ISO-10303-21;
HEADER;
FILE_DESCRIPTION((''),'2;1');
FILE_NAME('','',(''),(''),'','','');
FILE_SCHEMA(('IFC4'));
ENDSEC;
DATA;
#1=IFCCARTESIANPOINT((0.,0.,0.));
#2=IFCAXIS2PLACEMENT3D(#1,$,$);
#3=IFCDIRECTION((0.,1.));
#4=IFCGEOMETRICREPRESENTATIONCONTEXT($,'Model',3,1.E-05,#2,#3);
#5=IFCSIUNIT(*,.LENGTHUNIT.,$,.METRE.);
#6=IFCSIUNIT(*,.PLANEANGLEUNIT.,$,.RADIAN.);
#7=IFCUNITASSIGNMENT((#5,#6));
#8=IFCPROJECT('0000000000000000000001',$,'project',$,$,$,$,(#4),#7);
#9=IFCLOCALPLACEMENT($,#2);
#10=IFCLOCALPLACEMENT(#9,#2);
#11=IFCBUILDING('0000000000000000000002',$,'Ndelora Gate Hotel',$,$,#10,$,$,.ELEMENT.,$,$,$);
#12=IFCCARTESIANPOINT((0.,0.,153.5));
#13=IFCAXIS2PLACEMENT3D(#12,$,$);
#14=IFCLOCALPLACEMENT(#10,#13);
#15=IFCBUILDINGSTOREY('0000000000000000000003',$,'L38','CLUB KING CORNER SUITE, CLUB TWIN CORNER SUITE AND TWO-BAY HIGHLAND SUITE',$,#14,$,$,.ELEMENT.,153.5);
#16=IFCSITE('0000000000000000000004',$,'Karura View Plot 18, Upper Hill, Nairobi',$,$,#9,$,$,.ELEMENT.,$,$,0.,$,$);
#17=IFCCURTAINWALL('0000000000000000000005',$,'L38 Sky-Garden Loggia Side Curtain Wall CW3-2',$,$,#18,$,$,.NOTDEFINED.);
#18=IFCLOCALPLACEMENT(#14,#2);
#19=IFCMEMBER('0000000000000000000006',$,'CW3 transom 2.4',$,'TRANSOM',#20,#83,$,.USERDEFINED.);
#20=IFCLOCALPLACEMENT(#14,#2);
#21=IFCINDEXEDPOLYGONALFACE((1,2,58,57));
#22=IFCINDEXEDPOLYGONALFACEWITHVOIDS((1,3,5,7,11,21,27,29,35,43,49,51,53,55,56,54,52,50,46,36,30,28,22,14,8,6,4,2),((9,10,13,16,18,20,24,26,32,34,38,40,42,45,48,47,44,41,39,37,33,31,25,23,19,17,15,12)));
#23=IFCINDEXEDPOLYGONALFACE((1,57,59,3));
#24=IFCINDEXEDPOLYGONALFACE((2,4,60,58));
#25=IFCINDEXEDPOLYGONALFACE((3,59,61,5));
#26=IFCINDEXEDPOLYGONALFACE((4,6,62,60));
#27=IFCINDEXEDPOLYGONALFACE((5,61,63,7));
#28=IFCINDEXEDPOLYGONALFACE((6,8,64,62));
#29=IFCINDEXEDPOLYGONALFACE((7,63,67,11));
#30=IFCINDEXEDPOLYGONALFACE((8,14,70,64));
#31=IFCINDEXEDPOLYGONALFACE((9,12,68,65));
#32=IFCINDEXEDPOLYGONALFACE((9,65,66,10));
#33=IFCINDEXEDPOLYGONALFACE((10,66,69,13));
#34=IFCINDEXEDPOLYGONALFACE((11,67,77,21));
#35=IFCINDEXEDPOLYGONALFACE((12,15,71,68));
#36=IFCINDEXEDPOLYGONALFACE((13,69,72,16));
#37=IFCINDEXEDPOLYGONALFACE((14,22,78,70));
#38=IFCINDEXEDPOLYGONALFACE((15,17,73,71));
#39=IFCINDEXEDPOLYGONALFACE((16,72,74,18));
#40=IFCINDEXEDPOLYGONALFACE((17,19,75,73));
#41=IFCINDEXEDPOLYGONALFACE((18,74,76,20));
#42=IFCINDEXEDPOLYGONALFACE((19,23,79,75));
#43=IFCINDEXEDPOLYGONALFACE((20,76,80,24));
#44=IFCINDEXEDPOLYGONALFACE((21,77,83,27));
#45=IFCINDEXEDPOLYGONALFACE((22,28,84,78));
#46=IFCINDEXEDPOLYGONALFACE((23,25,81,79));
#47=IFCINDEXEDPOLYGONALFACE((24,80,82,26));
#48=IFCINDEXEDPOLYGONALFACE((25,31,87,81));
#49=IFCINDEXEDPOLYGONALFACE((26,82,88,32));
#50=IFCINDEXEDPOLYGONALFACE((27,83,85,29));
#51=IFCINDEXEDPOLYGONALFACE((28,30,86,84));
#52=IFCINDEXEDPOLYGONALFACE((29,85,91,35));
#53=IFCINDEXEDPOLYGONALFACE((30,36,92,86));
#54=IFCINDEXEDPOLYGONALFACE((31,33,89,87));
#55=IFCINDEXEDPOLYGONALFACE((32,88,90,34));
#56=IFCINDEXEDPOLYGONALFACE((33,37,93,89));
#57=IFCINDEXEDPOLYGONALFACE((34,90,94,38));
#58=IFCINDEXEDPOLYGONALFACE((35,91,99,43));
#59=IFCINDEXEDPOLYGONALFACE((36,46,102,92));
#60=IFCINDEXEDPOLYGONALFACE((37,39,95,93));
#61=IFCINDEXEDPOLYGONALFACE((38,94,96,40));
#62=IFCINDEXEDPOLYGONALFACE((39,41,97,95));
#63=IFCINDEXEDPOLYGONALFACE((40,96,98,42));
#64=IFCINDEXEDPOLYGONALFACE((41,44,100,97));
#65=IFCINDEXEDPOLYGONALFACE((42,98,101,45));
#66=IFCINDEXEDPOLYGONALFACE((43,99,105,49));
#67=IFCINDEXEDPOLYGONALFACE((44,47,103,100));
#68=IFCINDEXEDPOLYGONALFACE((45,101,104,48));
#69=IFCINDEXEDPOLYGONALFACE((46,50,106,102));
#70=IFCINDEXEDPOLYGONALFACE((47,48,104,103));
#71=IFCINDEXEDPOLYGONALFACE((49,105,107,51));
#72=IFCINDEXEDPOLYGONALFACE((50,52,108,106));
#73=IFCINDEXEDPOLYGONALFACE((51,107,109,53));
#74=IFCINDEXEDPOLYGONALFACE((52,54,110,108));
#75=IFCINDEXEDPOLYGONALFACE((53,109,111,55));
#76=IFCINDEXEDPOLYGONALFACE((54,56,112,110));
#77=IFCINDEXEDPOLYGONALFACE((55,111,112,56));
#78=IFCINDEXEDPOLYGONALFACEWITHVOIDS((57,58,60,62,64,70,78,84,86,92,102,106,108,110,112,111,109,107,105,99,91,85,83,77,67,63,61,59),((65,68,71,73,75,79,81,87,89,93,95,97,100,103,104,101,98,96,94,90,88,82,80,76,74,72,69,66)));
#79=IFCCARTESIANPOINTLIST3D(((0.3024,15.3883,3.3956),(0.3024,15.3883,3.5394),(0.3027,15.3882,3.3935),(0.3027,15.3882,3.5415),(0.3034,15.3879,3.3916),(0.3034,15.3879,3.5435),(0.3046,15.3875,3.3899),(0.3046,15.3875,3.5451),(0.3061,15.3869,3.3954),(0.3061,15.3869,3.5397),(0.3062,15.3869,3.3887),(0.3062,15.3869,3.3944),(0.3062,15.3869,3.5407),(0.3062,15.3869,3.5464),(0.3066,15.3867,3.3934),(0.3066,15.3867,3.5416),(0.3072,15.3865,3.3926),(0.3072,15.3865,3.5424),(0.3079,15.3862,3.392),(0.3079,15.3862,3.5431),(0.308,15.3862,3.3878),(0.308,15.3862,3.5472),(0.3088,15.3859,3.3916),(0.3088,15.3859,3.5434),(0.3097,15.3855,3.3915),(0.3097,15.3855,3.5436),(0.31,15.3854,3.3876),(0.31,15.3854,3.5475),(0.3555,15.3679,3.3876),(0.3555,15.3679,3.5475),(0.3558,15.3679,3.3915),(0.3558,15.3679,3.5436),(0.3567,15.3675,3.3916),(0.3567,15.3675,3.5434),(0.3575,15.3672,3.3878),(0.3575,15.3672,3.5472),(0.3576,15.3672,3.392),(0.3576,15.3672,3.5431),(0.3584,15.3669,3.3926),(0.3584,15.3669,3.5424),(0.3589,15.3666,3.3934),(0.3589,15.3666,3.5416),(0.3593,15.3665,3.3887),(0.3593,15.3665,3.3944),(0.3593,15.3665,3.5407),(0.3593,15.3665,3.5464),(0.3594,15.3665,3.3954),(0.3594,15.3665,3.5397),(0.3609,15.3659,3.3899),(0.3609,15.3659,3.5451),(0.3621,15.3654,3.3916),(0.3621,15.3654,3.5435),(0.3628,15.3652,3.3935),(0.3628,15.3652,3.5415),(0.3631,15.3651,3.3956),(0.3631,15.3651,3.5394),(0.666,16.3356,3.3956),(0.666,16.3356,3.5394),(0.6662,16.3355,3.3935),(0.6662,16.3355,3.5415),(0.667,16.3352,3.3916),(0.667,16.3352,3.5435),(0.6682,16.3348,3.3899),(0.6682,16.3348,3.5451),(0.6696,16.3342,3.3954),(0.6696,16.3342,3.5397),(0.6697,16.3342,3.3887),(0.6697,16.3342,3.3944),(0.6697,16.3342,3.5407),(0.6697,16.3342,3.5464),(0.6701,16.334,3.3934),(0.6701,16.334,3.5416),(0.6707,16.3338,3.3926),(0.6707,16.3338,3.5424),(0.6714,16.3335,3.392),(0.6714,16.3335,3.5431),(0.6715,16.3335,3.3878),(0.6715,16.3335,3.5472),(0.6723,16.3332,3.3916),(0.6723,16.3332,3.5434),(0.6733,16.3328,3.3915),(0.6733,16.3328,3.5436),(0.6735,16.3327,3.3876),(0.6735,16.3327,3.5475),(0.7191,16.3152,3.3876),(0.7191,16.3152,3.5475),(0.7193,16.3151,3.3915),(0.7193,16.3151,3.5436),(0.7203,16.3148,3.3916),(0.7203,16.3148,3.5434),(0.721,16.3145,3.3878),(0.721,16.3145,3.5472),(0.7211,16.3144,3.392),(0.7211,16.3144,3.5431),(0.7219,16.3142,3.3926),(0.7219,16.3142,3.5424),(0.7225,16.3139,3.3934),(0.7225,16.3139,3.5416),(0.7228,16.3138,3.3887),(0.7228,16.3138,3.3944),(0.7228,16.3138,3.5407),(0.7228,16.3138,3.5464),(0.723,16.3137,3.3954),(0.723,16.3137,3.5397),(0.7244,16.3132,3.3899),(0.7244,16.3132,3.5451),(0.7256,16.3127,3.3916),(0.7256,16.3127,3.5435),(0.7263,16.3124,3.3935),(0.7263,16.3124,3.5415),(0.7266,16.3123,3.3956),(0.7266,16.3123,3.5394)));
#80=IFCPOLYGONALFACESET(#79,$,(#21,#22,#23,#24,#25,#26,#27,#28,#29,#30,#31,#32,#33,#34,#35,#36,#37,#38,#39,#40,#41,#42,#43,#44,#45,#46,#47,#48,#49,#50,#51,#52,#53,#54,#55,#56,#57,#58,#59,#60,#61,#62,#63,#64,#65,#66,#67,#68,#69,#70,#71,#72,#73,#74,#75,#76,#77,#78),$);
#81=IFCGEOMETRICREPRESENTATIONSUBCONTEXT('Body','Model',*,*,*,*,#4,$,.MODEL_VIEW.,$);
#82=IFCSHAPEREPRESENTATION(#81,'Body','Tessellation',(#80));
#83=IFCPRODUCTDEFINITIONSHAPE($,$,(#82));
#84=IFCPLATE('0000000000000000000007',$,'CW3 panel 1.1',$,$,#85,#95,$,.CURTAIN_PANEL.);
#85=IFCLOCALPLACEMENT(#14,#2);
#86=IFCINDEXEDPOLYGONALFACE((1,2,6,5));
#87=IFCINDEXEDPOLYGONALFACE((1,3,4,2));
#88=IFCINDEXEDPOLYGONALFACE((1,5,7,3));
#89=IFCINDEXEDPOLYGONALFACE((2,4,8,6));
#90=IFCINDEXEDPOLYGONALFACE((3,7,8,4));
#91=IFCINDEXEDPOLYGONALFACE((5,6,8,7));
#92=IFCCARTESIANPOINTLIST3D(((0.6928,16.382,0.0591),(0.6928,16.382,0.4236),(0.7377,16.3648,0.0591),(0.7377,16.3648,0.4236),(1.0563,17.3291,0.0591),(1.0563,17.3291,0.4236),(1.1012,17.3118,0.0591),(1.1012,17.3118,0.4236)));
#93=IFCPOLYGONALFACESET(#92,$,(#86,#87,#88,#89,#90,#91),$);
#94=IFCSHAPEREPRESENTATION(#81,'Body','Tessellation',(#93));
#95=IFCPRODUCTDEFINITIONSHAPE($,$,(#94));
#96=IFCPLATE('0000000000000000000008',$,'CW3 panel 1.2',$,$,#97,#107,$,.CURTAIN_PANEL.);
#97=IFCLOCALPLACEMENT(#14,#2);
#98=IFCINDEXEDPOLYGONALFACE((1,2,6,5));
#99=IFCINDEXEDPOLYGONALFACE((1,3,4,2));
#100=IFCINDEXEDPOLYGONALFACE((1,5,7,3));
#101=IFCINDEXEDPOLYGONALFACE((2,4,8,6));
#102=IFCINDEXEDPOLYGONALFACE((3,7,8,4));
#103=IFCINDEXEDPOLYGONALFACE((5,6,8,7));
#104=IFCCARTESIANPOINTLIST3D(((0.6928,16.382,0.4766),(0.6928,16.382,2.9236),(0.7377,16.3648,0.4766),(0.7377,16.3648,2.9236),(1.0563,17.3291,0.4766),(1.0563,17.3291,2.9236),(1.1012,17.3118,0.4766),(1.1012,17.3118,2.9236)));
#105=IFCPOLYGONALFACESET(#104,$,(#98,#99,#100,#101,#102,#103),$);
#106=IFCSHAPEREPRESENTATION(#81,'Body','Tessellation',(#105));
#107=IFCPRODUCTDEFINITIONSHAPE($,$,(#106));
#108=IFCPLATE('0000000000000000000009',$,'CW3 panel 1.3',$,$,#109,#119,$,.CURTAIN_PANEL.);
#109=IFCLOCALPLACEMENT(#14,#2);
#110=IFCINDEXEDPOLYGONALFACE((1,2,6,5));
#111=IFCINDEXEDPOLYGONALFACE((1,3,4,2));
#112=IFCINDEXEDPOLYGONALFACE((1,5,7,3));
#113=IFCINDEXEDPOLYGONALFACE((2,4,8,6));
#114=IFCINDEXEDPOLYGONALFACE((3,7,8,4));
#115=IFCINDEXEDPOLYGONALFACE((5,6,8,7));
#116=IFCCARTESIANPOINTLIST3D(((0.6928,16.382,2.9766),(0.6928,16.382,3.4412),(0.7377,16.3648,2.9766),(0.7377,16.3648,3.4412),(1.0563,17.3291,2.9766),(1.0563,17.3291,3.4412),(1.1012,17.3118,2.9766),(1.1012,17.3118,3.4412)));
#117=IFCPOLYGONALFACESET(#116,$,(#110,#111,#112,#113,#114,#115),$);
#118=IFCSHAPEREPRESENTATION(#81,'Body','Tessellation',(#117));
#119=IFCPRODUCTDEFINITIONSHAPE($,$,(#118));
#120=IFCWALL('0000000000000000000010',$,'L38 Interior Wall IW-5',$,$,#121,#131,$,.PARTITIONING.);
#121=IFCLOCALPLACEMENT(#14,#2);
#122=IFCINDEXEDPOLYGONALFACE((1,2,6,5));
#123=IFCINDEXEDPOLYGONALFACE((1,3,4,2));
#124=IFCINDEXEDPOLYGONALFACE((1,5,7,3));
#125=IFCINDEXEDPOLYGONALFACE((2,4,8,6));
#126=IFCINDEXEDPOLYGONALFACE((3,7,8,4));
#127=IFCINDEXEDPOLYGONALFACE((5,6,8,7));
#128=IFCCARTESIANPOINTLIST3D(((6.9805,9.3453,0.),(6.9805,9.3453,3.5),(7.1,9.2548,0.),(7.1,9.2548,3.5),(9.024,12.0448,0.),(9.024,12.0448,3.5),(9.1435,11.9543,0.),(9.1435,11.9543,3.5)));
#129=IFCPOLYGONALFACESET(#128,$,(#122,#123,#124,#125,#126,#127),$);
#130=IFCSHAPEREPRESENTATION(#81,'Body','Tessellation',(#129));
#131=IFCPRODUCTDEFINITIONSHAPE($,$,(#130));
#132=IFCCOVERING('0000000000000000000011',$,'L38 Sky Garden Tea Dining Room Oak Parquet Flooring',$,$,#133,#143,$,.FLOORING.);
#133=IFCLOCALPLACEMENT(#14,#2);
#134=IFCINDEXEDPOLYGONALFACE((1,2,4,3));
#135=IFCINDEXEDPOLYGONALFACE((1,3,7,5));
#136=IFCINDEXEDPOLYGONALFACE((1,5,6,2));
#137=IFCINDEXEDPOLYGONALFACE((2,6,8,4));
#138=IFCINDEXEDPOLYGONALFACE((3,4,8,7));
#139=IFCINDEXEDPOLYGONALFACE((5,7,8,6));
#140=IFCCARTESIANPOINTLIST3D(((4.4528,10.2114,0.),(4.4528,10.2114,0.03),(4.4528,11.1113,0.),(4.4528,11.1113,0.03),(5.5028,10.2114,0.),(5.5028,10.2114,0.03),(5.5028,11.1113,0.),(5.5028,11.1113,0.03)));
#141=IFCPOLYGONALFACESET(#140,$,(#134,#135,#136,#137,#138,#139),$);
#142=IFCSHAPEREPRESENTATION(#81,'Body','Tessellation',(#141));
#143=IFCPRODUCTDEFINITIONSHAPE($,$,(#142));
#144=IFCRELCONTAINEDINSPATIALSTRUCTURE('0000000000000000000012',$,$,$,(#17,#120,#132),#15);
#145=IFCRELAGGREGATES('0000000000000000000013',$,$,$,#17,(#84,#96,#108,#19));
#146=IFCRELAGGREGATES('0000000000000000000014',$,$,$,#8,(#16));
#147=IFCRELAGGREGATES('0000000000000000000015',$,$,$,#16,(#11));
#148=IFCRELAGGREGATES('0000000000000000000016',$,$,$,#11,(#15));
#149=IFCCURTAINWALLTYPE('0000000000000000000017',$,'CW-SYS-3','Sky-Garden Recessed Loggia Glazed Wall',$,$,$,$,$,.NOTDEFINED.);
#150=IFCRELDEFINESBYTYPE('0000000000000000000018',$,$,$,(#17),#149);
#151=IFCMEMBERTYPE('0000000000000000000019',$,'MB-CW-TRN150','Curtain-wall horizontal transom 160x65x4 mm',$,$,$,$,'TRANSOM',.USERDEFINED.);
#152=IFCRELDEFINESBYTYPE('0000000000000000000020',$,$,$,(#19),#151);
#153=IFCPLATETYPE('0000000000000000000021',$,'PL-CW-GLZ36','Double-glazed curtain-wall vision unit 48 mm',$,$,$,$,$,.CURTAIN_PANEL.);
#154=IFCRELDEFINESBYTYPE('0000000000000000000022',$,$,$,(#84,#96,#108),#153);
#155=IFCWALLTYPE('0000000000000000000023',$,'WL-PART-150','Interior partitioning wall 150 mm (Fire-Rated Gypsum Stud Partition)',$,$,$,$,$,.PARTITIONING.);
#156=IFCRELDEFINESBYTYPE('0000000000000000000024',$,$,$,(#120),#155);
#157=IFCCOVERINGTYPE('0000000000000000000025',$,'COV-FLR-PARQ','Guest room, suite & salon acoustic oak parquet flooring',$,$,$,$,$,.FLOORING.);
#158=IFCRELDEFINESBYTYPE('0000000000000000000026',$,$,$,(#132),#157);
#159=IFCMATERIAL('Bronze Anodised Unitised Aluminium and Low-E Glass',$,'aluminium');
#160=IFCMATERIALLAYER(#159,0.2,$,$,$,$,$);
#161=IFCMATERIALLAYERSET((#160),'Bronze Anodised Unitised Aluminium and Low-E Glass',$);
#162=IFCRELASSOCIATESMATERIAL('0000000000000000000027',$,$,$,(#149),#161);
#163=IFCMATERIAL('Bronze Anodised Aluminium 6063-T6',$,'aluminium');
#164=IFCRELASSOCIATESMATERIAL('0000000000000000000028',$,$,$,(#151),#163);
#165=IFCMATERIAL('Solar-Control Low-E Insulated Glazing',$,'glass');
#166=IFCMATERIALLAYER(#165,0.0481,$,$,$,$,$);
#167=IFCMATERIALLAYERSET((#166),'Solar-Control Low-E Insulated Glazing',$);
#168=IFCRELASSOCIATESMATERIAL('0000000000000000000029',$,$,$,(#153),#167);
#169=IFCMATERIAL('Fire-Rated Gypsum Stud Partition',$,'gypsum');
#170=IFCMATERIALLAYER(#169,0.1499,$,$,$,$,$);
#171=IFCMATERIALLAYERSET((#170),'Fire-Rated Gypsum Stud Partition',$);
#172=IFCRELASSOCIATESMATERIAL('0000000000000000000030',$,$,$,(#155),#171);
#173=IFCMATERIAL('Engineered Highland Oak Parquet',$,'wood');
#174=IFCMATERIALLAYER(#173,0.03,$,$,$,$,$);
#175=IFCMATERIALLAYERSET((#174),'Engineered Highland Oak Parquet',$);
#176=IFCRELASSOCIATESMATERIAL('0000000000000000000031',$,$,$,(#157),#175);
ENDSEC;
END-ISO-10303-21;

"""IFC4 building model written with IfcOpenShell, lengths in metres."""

from ifc_helpers import new_model, si_unit, direction, frame, frame_2d, origin, origin_2d, place, context, subcontext, project, spatial, rectangle, hollow_rectangle, extrude, material, layer, layer_set, material_profile, profile_set, type_object, element, aggregate, save


model = new_model("IFC4")

# Units and contexts
model_context = context("Model", 3, precision=1e-05, world=origin(), true_north=direction((0.0, 1.0)))
body_context = subcontext(model_context, "Body", "Model", "MODEL_VIEW")
ifc_project = project(units=[si_unit("LENGTHUNIT", "METRE"), si_unit("PLANEANGLEUNIT", "RADIAN")], contexts=[model_context])

# Site, building, storey
site_placement = place(None, origin())
site = spatial("IfcSite", under=ifc_project, at=site_placement, Name="Karura View Plot 18, Upper Hill, Nairobi", CompositionType="ELEMENT", RefElevation=0.0)
building_placement = place(site_placement, origin())
building = spatial("IfcBuilding", under=site, at=building_placement, Name="Ndelora Gate Hotel", CompositionType="ELEMENT")
storey_placement = place(building_placement, frame((0.0, 0.0, 153.5)))
storey = spatial("IfcBuildingStorey", under=building, at=storey_placement, Name="L38", Description="CLUB KING CORNER SUITE, CLUB TWIN CORNER SUITE AND TWO-BAY HIGHLAND SUITE", CompositionType="ELEMENT", Elevation=153.5)

# Curtain wall, member, plates
ifc_material_1 = material(Name="Bronze Anodised Unitised Aluminium and Low-E Glass", Category="aluminium")
ifc_layer_1 = layer(ifc_material_1, 0.2)
ifc_layer_set_1 = layer_set([ifc_layer_1], Name="Bronze Anodised Unitised Aluminium and Low-E Glass")
curtain_wall_type = type_object("IfcCurtainWallType", Name="CW-SYS-3", Description="Sky-Garden Recessed Loggia Glazed Wall", PredefinedType="NOTDEFINED", material=ifc_layer_set_1)
curtain_wall_placement = place(storey_placement, origin())
curtain_wall = element("IfcCurtainWall", 1, at=curtain_wall_placement, inside=storey, type_object=curtain_wall_type, Name="L38 Sky-Garden Loggia Side Curtain Wall CW3-2", PredefinedType="NOTDEFINED")
ifc_material_2 = material(Name="Bronze Anodised Aluminium 6063-T6", Category="aluminium")
ifc_material_profile_1 = material_profile(ifc_material_2, hollow_rectangle(XDim=0.0649, YDim=0.1599, WallThickness=0.0039, InnerFilletRadius=0.0039, OuterFilletRadius=0.0081, at=origin_2d()), Name="ALU 160x65x4")
ifc_profile_set_1 = profile_set([ifc_material_profile_1], Name="Bronze Anodised Aluminium 6063-T6")
member_type_1 = type_object("IfcMemberType", Name="MB-CW-TRN150", Description="Curtain-wall horizontal transom 160x65x4 mm", ElementType="TRANSOM", PredefinedType="USERDEFINED", material=ifc_profile_set_1)
member_1_placement = place(storey_placement, frame((0.6963, 16.324, 3.4675), z_axis=(-0.358286, -0.933612, 0.0), x_axis=(0.933612, -0.358286, 0.0)))
member_1 = element("IfcMember", 2, at=member_1_placement, type_object=member_type_1, Name="CW3 transom 2.4", ObjectType="TRANSOM", PredefinedType="USERDEFINED", context=body_context, shape_type="SweptSolid", body=[
    extrude(hollow_rectangle(XDim=0.0649, YDim=0.1599, WallThickness=0.0039, InnerFilletRadius=0.0039, OuterFilletRadius=0.0081, at=origin_2d()), origin(), (0.0, 0.0, 1.0), 1.0146),
])
ifc_material_3 = material(Name="Solar-Control Low-E Insulated Glazing", Category="glass")
ifc_layer_2 = layer(ifc_material_3, 0.0481)
ifc_layer_set_2 = layer_set([ifc_layer_2], Name="Solar-Control Low-E Insulated Glazing")
plate_type = type_object("IfcPlateType", Name="PL-CW-GLZ36", Description="Double-glazed curtain-wall vision unit 48 mm", PredefinedType="CURTAIN_PANEL", material=ifc_layer_set_2)
plate_1_placement = place(storey_placement, frame((0.897, 16.8469, 0.0591), z_axis=(0.0, 0.0, 1.0), x_axis=(-0.358376, -0.933577, 0.0)))
plate_1 = element("IfcPlate", 3, at=plate_1_placement, type_object=plate_type, Name="CW3 panel 1.1", PredefinedType="CURTAIN_PANEL", context=body_context, shape_type="SweptSolid", body=[
    extrude(rectangle(XDim=1.0144, YDim=0.0481, at=origin_2d()), origin(), (0.0, 0.0, 1.0), 0.3645),
])
plate_2_placement = place(storey_placement, frame((0.897, 16.8469, 0.4766), z_axis=(0.0, 0.0, 1.0), x_axis=(-0.358376, -0.933577, 0.0)))
plate_2 = element("IfcPlate", 4, at=plate_2_placement, type_object=plate_type, Name="CW3 panel 1.2", PredefinedType="CURTAIN_PANEL", context=body_context, shape_type="SweptSolid", body=[
    extrude(rectangle(XDim=1.0144, YDim=0.0481, at=origin_2d()), origin(), (0.0, 0.0, 1.0), 2.447),
])
plate_3_placement = place(storey_placement, frame((0.897, 16.8469, 2.9766), z_axis=(0.0, 0.0, 1.0), x_axis=(-0.358376, -0.933577, 0.0)))
plate_3 = element("IfcPlate", 5, at=plate_3_placement, type_object=plate_type, Name="CW3 panel 1.3", PredefinedType="CURTAIN_PANEL", context=body_context, shape_type="SweptSolid", body=[
    extrude(rectangle(XDim=1.0144, YDim=0.0481, at=origin_2d()), origin(), (0.0, 0.0, 1.0), 0.4646),
])
aggregate(curtain_wall, [plate_1, plate_2, plate_3, member_1])

# Wall
ifc_material_4 = material(Name="Fire-Rated Gypsum Stud Partition", Category="gypsum")
ifc_layer_3 = layer(ifc_material_4, 0.1499)
ifc_layer_set_3 = layer_set([ifc_layer_3], Name="Fire-Rated Gypsum Stud Partition")
wall_type = type_object("IfcWallType", Name="WL-PART-150", Description="Interior partitioning wall 150 mm (Fire-Rated Gypsum Stud Partition)", PredefinedType="PARTITIONING", material=ifc_layer_set_3)
wall_placement = place(storey_placement, frame((7.0403, 9.3, 0.0), z_axis=(0.0, 0.0, 1.0), x_axis=(0.603559, 0.797318, 0.0)))
element("IfcWall", 6, at=wall_placement, inside=storey, type_object=wall_type, Name="L38 Interior Wall IW-5", PredefinedType="PARTITIONING", context=body_context, shape_type="SweptSolid", body=[
    extrude(rectangle(XDim=3.3857, YDim=0.1499, at=frame_2d((1.6929, 0.0))), origin(), (0.0, 0.0, 1.0), 3.5),
])

# Covering
ifc_material_5 = material(Name="Engineered Highland Oak Parquet", Category="wood")
ifc_layer_4 = layer(ifc_material_5, 0.03)
ifc_layer_set_4 = layer_set([ifc_layer_4], Name="Engineered Highland Oak Parquet")
covering_type = type_object("IfcCoveringType", Name="COV-FLR-PARQ", Description="Guest room, suite & salon acoustic oak parquet flooring", PredefinedType="FLOORING", material=ifc_layer_set_4)
covering_placement = place(storey_placement, frame((4.9778, 10.6614, 0.0), z_axis=(0.0, 0.0, 1.0), x_axis=(1.0, 0.0, 0.0)))
element("IfcCovering", 7, at=covering_placement, inside=storey, type_object=covering_type, Name="L38 Sky Garden Tea Dining Room Oak Parquet Flooring", PredefinedType="FLOORING", context=body_context, shape_type="SweptSolid", body=[
    extrude(rectangle(XDim=1.05, YDim=0.8999, at=origin_2d()), origin(), (0.0, 0.0, 1.0), 0.03),
])

save(model, "model.ifc")
